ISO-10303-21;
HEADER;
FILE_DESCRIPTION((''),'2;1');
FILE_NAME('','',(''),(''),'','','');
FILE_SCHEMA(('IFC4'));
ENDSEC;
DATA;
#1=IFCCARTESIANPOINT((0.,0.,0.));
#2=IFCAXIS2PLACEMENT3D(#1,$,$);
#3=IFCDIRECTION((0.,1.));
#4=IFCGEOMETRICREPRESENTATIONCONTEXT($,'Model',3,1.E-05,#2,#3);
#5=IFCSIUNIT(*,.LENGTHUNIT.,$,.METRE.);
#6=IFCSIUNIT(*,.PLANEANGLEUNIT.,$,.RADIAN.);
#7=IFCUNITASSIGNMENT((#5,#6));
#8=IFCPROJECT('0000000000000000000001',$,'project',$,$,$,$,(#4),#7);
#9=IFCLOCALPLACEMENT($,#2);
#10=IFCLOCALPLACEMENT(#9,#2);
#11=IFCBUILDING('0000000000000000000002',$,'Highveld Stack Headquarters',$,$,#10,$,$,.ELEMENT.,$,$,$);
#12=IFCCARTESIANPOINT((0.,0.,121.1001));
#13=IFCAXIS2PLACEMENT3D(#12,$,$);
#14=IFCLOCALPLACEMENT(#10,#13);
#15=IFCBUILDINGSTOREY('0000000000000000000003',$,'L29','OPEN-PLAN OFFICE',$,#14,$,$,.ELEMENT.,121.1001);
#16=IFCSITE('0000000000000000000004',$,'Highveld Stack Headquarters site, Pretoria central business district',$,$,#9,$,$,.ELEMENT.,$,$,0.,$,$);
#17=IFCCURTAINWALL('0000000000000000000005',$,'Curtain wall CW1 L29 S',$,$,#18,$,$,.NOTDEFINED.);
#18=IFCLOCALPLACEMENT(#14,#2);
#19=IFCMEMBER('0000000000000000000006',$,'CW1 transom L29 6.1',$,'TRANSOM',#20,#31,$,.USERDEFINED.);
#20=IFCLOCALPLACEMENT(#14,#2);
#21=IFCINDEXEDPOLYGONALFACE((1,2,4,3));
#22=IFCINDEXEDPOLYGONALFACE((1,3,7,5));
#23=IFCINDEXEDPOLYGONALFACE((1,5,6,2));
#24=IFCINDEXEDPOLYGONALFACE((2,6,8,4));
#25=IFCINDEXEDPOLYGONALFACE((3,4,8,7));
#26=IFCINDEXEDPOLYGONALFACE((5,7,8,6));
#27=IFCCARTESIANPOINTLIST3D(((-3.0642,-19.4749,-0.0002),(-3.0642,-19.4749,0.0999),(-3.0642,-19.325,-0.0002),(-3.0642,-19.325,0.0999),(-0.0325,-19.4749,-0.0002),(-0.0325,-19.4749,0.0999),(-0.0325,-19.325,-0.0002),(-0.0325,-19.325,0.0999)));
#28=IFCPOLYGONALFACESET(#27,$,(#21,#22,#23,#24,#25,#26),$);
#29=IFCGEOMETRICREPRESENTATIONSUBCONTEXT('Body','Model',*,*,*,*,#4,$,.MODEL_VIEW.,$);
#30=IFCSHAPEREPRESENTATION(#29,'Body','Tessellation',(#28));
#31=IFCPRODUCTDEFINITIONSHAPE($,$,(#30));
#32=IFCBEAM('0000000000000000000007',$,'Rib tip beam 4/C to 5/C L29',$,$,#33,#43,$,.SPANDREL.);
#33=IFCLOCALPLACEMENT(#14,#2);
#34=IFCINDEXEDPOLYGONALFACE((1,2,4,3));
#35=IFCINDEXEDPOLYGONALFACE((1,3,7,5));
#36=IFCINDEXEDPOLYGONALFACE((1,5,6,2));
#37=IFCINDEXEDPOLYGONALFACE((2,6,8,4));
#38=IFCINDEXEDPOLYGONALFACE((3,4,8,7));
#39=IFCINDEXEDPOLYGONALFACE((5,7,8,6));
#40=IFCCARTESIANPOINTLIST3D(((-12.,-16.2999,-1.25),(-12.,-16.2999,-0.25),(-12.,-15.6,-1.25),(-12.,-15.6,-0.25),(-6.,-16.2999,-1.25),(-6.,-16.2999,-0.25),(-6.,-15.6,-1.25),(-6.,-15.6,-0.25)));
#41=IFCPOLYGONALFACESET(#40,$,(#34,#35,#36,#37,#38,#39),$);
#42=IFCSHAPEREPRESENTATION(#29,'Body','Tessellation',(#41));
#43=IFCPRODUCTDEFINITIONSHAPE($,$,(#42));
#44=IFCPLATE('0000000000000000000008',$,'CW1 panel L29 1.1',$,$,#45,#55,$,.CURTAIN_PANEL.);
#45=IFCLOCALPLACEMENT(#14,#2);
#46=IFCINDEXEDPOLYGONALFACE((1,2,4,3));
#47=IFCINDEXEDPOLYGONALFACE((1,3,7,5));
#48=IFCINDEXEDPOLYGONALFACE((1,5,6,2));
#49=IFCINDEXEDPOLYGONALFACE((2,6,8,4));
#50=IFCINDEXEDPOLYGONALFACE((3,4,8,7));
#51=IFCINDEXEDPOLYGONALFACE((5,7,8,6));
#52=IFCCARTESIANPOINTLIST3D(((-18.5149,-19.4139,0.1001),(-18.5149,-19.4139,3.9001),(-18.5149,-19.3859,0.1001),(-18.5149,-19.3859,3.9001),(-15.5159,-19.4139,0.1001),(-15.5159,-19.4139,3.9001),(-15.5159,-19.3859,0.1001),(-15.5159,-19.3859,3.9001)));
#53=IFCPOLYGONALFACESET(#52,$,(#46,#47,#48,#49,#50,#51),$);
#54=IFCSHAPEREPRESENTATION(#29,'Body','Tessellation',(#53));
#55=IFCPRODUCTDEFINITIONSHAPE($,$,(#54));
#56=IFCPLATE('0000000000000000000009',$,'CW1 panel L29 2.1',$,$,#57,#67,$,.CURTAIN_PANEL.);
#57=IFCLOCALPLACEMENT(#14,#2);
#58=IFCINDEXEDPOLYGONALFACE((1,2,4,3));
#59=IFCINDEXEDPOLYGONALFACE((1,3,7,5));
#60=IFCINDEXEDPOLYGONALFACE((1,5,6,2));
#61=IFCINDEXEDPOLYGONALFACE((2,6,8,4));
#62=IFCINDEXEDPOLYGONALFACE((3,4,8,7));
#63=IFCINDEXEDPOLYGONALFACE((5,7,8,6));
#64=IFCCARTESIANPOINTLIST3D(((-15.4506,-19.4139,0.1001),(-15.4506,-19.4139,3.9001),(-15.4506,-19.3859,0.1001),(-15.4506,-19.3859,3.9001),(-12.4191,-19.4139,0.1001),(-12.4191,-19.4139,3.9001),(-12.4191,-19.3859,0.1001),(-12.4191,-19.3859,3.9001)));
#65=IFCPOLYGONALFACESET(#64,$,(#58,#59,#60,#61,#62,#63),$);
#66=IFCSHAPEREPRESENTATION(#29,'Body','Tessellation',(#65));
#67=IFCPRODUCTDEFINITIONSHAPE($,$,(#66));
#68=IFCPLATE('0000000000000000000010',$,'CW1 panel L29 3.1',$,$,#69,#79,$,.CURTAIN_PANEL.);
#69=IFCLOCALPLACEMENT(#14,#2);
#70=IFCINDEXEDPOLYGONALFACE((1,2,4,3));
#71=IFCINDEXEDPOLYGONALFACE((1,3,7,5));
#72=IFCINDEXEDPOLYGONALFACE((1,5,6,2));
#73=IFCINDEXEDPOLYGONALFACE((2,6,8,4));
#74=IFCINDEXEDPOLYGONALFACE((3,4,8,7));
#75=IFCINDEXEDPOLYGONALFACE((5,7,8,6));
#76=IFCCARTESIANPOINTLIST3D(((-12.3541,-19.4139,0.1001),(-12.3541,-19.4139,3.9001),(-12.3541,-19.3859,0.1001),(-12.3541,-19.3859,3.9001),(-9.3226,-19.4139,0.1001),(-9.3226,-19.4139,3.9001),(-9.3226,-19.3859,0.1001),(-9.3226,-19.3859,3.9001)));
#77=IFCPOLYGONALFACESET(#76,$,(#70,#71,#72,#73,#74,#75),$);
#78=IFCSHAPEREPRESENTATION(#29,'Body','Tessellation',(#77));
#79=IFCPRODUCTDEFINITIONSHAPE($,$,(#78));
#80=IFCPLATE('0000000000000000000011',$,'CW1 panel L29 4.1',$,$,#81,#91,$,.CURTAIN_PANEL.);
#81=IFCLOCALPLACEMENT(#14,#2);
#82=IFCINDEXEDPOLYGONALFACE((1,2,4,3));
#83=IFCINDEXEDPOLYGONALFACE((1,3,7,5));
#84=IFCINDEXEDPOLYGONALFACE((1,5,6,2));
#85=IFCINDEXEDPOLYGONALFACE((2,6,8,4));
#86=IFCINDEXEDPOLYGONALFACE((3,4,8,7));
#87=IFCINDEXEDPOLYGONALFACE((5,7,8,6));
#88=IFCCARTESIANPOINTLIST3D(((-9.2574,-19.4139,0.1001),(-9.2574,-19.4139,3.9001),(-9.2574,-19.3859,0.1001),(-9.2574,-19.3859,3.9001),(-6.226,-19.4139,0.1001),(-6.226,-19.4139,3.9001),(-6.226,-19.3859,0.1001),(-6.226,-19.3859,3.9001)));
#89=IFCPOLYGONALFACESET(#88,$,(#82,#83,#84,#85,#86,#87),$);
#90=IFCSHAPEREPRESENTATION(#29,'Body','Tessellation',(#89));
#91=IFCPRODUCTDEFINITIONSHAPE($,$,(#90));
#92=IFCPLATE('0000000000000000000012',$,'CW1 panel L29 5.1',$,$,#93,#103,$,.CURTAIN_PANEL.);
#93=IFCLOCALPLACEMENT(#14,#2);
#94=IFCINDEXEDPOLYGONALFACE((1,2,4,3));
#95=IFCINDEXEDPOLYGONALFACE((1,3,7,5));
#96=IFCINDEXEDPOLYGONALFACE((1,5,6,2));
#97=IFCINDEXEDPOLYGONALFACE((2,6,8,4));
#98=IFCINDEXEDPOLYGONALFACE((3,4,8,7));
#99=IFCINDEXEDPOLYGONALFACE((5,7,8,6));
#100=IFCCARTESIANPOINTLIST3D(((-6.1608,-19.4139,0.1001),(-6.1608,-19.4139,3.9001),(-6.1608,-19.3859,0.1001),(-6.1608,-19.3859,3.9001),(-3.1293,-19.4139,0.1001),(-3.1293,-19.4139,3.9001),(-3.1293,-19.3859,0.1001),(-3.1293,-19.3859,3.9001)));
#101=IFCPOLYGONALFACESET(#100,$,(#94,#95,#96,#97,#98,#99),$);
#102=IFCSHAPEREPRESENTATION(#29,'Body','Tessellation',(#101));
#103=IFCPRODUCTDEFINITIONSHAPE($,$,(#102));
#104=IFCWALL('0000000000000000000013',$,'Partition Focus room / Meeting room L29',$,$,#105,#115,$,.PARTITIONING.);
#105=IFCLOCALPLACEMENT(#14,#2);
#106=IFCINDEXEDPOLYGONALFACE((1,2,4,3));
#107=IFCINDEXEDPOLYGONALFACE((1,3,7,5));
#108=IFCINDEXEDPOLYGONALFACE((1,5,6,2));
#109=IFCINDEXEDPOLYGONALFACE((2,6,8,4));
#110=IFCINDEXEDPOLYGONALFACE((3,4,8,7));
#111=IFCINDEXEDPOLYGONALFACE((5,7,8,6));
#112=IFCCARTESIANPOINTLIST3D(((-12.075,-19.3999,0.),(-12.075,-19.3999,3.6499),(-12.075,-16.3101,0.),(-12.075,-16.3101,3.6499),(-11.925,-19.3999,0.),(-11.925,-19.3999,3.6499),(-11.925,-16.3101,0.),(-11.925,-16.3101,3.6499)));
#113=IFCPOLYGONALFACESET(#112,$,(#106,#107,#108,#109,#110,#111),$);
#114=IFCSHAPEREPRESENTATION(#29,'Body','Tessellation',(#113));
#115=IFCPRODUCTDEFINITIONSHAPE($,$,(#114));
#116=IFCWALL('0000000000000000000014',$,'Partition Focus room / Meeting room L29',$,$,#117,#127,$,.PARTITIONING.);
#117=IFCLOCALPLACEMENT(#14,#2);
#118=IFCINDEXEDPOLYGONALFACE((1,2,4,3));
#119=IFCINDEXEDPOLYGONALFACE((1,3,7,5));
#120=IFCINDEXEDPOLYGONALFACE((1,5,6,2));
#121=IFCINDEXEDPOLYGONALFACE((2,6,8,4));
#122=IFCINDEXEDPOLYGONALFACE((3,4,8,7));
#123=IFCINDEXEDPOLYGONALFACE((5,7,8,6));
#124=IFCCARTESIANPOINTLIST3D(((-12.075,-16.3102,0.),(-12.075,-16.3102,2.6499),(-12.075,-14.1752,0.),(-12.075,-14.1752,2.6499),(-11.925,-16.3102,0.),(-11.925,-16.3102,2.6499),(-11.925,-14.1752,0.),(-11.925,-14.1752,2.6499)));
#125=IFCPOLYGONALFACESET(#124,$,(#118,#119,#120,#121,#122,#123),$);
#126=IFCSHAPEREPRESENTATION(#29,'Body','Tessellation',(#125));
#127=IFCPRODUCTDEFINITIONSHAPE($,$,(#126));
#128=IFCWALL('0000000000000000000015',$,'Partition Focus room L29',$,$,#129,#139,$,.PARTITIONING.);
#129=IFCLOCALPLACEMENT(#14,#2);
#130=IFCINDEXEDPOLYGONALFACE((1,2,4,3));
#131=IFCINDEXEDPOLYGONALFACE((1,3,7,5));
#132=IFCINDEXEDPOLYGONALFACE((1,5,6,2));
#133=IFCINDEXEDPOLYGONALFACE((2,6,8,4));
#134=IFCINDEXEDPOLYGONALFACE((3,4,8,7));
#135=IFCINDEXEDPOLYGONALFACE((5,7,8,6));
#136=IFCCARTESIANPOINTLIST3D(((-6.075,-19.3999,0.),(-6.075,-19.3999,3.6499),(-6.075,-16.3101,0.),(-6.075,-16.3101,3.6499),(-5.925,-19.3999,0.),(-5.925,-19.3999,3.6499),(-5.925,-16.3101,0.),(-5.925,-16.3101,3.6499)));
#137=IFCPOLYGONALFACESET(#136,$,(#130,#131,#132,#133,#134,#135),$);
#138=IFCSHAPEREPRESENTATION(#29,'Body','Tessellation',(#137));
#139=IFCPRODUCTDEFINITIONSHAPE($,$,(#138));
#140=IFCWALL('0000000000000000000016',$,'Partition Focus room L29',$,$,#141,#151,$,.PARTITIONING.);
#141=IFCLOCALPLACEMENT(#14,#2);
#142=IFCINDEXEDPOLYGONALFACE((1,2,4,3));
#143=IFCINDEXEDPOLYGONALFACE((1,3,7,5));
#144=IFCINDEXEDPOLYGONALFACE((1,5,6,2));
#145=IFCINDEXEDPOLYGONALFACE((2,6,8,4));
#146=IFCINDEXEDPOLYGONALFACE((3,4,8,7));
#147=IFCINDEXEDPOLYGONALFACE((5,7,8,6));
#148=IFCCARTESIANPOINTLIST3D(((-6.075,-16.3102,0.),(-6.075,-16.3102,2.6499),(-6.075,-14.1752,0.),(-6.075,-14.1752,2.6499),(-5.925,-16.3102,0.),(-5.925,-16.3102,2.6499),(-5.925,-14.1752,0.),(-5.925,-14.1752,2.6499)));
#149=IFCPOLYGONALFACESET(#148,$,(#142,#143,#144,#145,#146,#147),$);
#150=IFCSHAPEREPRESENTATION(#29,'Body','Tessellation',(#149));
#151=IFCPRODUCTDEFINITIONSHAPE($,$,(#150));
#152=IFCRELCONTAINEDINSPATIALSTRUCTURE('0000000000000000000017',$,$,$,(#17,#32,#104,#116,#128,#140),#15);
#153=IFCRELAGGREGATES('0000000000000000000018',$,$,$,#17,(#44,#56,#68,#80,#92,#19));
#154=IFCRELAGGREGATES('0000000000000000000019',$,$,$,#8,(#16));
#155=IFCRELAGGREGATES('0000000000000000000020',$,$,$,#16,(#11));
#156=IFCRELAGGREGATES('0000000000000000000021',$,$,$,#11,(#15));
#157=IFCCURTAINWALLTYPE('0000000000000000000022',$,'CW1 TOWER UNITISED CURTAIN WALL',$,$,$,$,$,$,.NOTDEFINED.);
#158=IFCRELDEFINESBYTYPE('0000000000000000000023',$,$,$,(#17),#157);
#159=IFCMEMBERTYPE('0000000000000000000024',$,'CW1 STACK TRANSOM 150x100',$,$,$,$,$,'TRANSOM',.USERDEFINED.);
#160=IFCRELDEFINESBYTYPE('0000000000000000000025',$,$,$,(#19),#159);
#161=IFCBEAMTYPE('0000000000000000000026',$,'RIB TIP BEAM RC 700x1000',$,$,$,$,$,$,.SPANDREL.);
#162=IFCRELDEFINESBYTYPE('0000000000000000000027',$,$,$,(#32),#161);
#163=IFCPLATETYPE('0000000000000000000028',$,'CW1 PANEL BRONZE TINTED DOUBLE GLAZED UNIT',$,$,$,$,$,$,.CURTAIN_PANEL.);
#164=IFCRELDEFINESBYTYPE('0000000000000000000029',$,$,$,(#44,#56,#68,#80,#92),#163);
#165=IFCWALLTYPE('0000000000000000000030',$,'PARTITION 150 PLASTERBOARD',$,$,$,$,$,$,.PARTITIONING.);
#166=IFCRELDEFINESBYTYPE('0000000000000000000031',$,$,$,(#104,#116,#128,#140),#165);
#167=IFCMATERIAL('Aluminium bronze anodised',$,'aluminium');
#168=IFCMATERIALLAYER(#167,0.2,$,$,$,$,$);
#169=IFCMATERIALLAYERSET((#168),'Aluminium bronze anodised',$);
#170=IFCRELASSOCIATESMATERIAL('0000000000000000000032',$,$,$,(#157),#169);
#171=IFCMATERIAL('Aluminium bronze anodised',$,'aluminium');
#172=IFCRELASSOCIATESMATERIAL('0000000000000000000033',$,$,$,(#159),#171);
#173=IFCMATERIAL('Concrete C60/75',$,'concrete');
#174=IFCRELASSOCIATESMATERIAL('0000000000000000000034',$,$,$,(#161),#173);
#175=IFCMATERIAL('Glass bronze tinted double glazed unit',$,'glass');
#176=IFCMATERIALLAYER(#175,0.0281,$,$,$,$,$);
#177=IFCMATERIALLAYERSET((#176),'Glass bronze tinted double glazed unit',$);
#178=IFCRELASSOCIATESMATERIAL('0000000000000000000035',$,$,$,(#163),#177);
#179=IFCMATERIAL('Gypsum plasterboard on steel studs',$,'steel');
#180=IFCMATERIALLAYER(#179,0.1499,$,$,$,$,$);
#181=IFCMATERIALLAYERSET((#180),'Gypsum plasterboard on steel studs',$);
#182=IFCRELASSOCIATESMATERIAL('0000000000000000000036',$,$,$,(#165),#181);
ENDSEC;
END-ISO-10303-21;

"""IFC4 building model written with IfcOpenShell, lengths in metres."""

from ifc_helpers import new_model, si_unit, direction, frame, frame_2d, origin, origin_2d, place, context, subcontext, project, spatial, rectangle, extrude, material, layer, layer_set, material_profile, profile_set, type_object, element, aggregate, save


model = new_model("IFC4")

# Units and contexts
model_context = context("Model", 3, precision=1e-05, world=origin(), true_north=direction((0.0, 1.0)))
body_context = subcontext(model_context, "Body", "Model", "MODEL_VIEW")
ifc_project = project(units=[si_unit("LENGTHUNIT", "METRE"), si_unit("PLANEANGLEUNIT", "RADIAN")], contexts=[model_context])

# Site, building, storey
site_placement = place(None, origin())
site = spatial("IfcSite", under=ifc_project, at=site_placement, Name="Highveld Stack Headquarters site, Pretoria central business district", CompositionType="ELEMENT", RefElevation=0.0)
building_placement = place(site_placement, origin())
building = spatial("IfcBuilding", under=site, at=building_placement, Name="Highveld Stack Headquarters", CompositionType="ELEMENT")
storey_placement = place(building_placement, frame((0.0, 0.0, 121.1001)))
storey = spatial("IfcBuildingStorey", under=building, at=storey_placement, Name="L29", Description="OPEN-PLAN OFFICE", CompositionType="ELEMENT", Elevation=121.1001)

# Curtain wall, member
ifc_material_1 = material(Name="Aluminium bronze anodised", Category="aluminium")
ifc_layer_1 = layer(ifc_material_1, 0.2)
ifc_layer_set_1 = layer_set([ifc_layer_1], Name="Aluminium bronze anodised")
curtain_wall_type = type_object("IfcCurtainWallType", Name="CW1 TOWER UNITISED CURTAIN WALL", PredefinedType="NOTDEFINED", material=ifc_layer_set_1)
curtain_wall_placement = place(storey_placement, origin())
curtain_wall = element("IfcCurtainWall", 1, at=curtain_wall_placement, inside=storey, type_object=curtain_wall_type, Name="Curtain wall CW1 L29 S", PredefinedType="NOTDEFINED")
ifc_material_2 = material(Name="Aluminium bronze anodised", Category="aluminium")
ifc_material_profile_1 = material_profile(ifc_material_2, rectangle(XDim=0.1499, YDim=0.1001, at=origin_2d()), Name="CW1 TRANSOM 150x100")
ifc_profile_set_1 = profile_set([ifc_material_profile_1], Name="Aluminium bronze anodised")
member_type_1 = type_object("IfcMemberType", Name="CW1 STACK TRANSOM 150x100", ElementType="TRANSOM", PredefinedType="USERDEFINED", material=ifc_profile_set_1)
member_1_placement = place(storey_placement, frame((-3.0642, -19.3999, 0.0498), z_axis=(1.0, 0.0, 0.0), x_axis=(0.0, 1.0, 0.0)))
member_1 = element("IfcMember", 2, at=member_1_placement, type_object=member_type_1, Name="CW1 transom L29 6.1", ObjectType="TRANSOM", PredefinedType="USERDEFINED", context=body_context, shape_type="SweptSolid", body=[
    extrude(rectangle(XDim=0.1499, YDim=0.1001, at=origin_2d()), origin(), (0.0, 0.0, 1.0), 3.0317),
])

# Beam
ifc_material_3 = material(Name="Concrete C60/75", Category="concrete")
ifc_material_profile_2 = material_profile(ifc_material_3, rectangle(XDim=0.7, YDim=1.0, at=origin_2d()), Name="RC 700x1000")
ifc_profile_set_2 = profile_set([ifc_material_profile_2], Name="Concrete C60/75")
beam_type = type_object("IfcBeamType", Name="RIB TIP BEAM RC 700x1000", PredefinedType="SPANDREL", material=ifc_profile_set_2)
beam_placement = place(storey_placement, frame((-12.0, -15.95, -0.75), z_axis=(1.0, 0.0, 0.0), x_axis=(0.0, 1.0, 0.0)))
element("IfcBeam", 3, at=beam_placement, inside=storey, type_object=beam_type, Name="Rib tip beam 4/C to 5/C L29", PredefinedType="SPANDREL", context=body_context, shape_type="SweptSolid", body=[
    extrude(rectangle(XDim=0.7, YDim=1.0, at=origin_2d()), origin(), (0.0, 0.0, 1.0), 6.0),
])

# Plates
ifc_material_4 = material(Name="Glass bronze tinted double glazed unit", Category="glass")
ifc_layer_2 = layer(ifc_material_4, 0.0281)
ifc_layer_set_2 = layer_set([ifc_layer_2], Name="Glass bronze tinted double glazed unit")
plate_type = type_object("IfcPlateType", Name="CW1 PANEL BRONZE TINTED DOUBLE GLAZED UNIT", PredefinedType="CURTAIN_PANEL", material=ifc_layer_set_2)
plate_1_placement = place(storey_placement, frame((-17.0154, -19.3999, 0.1001), z_axis=(0.0, 0.0, 1.0), x_axis=(1.0, 0.0, 0.0)))
plate_1 = element("IfcPlate", 4, at=plate_1_placement, type_object=plate_type, Name="CW1 panel L29 1.1", PredefinedType="CURTAIN_PANEL", context=body_context, shape_type="SweptSolid", body=[
    extrude(rectangle(XDim=2.999, YDim=0.0281, at=origin_2d()), origin(), (0.0, 0.0, 1.0), 3.8),
])
plate_2_placement = place(storey_placement, frame((-13.9348, -19.3999, 0.1001), z_axis=(0.0, 0.0, 1.0), x_axis=(1.0, 0.0, 0.0)))
plate_2 = element("IfcPlate", 5, at=plate_2_placement, type_object=plate_type, Name="CW1 panel L29 2.1", PredefinedType="CURTAIN_PANEL", context=body_context, shape_type="SweptSolid", body=[
    extrude(rectangle(XDim=3.0315, YDim=0.0281, at=origin_2d()), origin(), (0.0, 0.0, 1.0), 3.8),
])
plate_3_placement = place(storey_placement, frame((-10.8384, -19.3999, 0.1001), z_axis=(0.0, 0.0, 1.0), x_axis=(1.0, 0.0, 0.0)))
plate_3 = element("IfcPlate", 6, at=plate_3_placement, type_object=plate_type, Name="CW1 panel L29 3.1", PredefinedType="CURTAIN_PANEL", context=body_context, shape_type="SweptSolid", body=[
    extrude(rectangle(XDim=3.0315, YDim=0.0281, at=origin_2d()), origin(), (0.0, 0.0, 1.0), 3.8),
])
plate_4_placement = place(storey_placement, frame((-7.7417, -19.3999, 0.1001), z_axis=(0.0, 0.0, 1.0), x_axis=(1.0, 0.0, 0.0)))
plate_4 = element("IfcPlate", 7, at=plate_4_placement, type_object=plate_type, Name="CW1 panel L29 4.1", PredefinedType="CURTAIN_PANEL", context=body_context, shape_type="SweptSolid", body=[
    extrude(rectangle(XDim=3.0315, YDim=0.0281, at=origin_2d()), origin(), (0.0, 0.0, 1.0), 3.8),
])
plate_5_placement = place(storey_placement, frame((-4.645, -19.3999, 0.1001), z_axis=(0.0, 0.0, 1.0), x_axis=(1.0, 0.0, 0.0)))
plate_5 = element("IfcPlate", 8, at=plate_5_placement, type_object=plate_type, Name="CW1 panel L29 5.1", PredefinedType="CURTAIN_PANEL", context=body_context, shape_type="SweptSolid", body=[
    extrude(rectangle(XDim=3.0315, YDim=0.0281, at=origin_2d()), origin(), (0.0, 0.0, 1.0), 3.8),
])
aggregate(curtain_wall, [plate_1, plate_2, plate_3, plate_4, plate_5, member_1])

# Walls
ifc_material_5 = material(Name="Gypsum plasterboard on steel studs", Category="steel")
ifc_layer_3 = layer(ifc_material_5, 0.1499)
ifc_layer_set_3 = layer_set([ifc_layer_3], Name="Gypsum plasterboard on steel studs")
wall_type = type_object("IfcWallType", Name="PARTITION 150 PLASTERBOARD", PredefinedType="PARTITIONING", material=ifc_layer_set_3)
wall_1_placement = place(storey_placement, frame((-12.0, -19.3999, 0.0), z_axis=(0.0, 0.0, 1.0), x_axis=(0.0, 1.0, 0.0)))
element("IfcWall", 9, at=wall_1_placement, inside=storey, type_object=wall_type, Name="Partition Focus room / Meeting room L29", PredefinedType="PARTITIONING", context=body_context, shape_type="SweptSolid", body=[
    extrude(rectangle(XDim=3.0898, YDim=0.1499, at=frame_2d((1.5449, 0.0))), origin(), (0.0, 0.0, 1.0), 3.6499),
])
wall_2_placement = place(storey_placement, frame((-12.0, -16.3101, 0.0), z_axis=(0.0, 0.0, 1.0), x_axis=(0.0, 1.0, 0.0)))
element("IfcWall", 10, at=wall_2_placement, inside=storey, type_object=wall_type, Name="Partition Focus room / Meeting room L29", PredefinedType="PARTITIONING", context=body_context, shape_type="SweptSolid", body=[
    extrude(rectangle(XDim=2.135, YDim=0.1499, at=frame_2d((1.0674, 0.0))), origin(), (0.0, 0.0, 1.0), 2.6499),
])
wall_3_placement = place(storey_placement, frame((-6.0, -19.3999, 0.0), z_axis=(0.0, 0.0, 1.0), x_axis=(0.0, 1.0, 0.0)))
element("IfcWall", 11, at=wall_3_placement, inside=storey, type_object=wall_type, Name="Partition Focus room L29", PredefinedType="PARTITIONING", context=body_context, shape_type="SweptSolid", body=[
    extrude(rectangle(XDim=3.0898, YDim=0.1499, at=frame_2d((1.5449, 0.0))), origin(), (0.0, 0.0, 1.0), 3.6499),
])
wall_4_placement = place(storey_placement, frame((-6.0, -16.3101, 0.0), z_axis=(0.0, 0.0, 1.0), x_axis=(0.0, 1.0, 0.0)))
element("IfcWall", 12, at=wall_4_placement, inside=storey, type_object=wall_type, Name="Partition Focus room L29", PredefinedType="PARTITIONING", context=body_context, shape_type="SweptSolid", body=[
    extrude(rectangle(XDim=2.135, YDim=0.1499, at=frame_2d((1.0674, 0.0))), origin(), (0.0, 0.0, 1.0), 2.6499),
])

save(model, "model.ifc")
